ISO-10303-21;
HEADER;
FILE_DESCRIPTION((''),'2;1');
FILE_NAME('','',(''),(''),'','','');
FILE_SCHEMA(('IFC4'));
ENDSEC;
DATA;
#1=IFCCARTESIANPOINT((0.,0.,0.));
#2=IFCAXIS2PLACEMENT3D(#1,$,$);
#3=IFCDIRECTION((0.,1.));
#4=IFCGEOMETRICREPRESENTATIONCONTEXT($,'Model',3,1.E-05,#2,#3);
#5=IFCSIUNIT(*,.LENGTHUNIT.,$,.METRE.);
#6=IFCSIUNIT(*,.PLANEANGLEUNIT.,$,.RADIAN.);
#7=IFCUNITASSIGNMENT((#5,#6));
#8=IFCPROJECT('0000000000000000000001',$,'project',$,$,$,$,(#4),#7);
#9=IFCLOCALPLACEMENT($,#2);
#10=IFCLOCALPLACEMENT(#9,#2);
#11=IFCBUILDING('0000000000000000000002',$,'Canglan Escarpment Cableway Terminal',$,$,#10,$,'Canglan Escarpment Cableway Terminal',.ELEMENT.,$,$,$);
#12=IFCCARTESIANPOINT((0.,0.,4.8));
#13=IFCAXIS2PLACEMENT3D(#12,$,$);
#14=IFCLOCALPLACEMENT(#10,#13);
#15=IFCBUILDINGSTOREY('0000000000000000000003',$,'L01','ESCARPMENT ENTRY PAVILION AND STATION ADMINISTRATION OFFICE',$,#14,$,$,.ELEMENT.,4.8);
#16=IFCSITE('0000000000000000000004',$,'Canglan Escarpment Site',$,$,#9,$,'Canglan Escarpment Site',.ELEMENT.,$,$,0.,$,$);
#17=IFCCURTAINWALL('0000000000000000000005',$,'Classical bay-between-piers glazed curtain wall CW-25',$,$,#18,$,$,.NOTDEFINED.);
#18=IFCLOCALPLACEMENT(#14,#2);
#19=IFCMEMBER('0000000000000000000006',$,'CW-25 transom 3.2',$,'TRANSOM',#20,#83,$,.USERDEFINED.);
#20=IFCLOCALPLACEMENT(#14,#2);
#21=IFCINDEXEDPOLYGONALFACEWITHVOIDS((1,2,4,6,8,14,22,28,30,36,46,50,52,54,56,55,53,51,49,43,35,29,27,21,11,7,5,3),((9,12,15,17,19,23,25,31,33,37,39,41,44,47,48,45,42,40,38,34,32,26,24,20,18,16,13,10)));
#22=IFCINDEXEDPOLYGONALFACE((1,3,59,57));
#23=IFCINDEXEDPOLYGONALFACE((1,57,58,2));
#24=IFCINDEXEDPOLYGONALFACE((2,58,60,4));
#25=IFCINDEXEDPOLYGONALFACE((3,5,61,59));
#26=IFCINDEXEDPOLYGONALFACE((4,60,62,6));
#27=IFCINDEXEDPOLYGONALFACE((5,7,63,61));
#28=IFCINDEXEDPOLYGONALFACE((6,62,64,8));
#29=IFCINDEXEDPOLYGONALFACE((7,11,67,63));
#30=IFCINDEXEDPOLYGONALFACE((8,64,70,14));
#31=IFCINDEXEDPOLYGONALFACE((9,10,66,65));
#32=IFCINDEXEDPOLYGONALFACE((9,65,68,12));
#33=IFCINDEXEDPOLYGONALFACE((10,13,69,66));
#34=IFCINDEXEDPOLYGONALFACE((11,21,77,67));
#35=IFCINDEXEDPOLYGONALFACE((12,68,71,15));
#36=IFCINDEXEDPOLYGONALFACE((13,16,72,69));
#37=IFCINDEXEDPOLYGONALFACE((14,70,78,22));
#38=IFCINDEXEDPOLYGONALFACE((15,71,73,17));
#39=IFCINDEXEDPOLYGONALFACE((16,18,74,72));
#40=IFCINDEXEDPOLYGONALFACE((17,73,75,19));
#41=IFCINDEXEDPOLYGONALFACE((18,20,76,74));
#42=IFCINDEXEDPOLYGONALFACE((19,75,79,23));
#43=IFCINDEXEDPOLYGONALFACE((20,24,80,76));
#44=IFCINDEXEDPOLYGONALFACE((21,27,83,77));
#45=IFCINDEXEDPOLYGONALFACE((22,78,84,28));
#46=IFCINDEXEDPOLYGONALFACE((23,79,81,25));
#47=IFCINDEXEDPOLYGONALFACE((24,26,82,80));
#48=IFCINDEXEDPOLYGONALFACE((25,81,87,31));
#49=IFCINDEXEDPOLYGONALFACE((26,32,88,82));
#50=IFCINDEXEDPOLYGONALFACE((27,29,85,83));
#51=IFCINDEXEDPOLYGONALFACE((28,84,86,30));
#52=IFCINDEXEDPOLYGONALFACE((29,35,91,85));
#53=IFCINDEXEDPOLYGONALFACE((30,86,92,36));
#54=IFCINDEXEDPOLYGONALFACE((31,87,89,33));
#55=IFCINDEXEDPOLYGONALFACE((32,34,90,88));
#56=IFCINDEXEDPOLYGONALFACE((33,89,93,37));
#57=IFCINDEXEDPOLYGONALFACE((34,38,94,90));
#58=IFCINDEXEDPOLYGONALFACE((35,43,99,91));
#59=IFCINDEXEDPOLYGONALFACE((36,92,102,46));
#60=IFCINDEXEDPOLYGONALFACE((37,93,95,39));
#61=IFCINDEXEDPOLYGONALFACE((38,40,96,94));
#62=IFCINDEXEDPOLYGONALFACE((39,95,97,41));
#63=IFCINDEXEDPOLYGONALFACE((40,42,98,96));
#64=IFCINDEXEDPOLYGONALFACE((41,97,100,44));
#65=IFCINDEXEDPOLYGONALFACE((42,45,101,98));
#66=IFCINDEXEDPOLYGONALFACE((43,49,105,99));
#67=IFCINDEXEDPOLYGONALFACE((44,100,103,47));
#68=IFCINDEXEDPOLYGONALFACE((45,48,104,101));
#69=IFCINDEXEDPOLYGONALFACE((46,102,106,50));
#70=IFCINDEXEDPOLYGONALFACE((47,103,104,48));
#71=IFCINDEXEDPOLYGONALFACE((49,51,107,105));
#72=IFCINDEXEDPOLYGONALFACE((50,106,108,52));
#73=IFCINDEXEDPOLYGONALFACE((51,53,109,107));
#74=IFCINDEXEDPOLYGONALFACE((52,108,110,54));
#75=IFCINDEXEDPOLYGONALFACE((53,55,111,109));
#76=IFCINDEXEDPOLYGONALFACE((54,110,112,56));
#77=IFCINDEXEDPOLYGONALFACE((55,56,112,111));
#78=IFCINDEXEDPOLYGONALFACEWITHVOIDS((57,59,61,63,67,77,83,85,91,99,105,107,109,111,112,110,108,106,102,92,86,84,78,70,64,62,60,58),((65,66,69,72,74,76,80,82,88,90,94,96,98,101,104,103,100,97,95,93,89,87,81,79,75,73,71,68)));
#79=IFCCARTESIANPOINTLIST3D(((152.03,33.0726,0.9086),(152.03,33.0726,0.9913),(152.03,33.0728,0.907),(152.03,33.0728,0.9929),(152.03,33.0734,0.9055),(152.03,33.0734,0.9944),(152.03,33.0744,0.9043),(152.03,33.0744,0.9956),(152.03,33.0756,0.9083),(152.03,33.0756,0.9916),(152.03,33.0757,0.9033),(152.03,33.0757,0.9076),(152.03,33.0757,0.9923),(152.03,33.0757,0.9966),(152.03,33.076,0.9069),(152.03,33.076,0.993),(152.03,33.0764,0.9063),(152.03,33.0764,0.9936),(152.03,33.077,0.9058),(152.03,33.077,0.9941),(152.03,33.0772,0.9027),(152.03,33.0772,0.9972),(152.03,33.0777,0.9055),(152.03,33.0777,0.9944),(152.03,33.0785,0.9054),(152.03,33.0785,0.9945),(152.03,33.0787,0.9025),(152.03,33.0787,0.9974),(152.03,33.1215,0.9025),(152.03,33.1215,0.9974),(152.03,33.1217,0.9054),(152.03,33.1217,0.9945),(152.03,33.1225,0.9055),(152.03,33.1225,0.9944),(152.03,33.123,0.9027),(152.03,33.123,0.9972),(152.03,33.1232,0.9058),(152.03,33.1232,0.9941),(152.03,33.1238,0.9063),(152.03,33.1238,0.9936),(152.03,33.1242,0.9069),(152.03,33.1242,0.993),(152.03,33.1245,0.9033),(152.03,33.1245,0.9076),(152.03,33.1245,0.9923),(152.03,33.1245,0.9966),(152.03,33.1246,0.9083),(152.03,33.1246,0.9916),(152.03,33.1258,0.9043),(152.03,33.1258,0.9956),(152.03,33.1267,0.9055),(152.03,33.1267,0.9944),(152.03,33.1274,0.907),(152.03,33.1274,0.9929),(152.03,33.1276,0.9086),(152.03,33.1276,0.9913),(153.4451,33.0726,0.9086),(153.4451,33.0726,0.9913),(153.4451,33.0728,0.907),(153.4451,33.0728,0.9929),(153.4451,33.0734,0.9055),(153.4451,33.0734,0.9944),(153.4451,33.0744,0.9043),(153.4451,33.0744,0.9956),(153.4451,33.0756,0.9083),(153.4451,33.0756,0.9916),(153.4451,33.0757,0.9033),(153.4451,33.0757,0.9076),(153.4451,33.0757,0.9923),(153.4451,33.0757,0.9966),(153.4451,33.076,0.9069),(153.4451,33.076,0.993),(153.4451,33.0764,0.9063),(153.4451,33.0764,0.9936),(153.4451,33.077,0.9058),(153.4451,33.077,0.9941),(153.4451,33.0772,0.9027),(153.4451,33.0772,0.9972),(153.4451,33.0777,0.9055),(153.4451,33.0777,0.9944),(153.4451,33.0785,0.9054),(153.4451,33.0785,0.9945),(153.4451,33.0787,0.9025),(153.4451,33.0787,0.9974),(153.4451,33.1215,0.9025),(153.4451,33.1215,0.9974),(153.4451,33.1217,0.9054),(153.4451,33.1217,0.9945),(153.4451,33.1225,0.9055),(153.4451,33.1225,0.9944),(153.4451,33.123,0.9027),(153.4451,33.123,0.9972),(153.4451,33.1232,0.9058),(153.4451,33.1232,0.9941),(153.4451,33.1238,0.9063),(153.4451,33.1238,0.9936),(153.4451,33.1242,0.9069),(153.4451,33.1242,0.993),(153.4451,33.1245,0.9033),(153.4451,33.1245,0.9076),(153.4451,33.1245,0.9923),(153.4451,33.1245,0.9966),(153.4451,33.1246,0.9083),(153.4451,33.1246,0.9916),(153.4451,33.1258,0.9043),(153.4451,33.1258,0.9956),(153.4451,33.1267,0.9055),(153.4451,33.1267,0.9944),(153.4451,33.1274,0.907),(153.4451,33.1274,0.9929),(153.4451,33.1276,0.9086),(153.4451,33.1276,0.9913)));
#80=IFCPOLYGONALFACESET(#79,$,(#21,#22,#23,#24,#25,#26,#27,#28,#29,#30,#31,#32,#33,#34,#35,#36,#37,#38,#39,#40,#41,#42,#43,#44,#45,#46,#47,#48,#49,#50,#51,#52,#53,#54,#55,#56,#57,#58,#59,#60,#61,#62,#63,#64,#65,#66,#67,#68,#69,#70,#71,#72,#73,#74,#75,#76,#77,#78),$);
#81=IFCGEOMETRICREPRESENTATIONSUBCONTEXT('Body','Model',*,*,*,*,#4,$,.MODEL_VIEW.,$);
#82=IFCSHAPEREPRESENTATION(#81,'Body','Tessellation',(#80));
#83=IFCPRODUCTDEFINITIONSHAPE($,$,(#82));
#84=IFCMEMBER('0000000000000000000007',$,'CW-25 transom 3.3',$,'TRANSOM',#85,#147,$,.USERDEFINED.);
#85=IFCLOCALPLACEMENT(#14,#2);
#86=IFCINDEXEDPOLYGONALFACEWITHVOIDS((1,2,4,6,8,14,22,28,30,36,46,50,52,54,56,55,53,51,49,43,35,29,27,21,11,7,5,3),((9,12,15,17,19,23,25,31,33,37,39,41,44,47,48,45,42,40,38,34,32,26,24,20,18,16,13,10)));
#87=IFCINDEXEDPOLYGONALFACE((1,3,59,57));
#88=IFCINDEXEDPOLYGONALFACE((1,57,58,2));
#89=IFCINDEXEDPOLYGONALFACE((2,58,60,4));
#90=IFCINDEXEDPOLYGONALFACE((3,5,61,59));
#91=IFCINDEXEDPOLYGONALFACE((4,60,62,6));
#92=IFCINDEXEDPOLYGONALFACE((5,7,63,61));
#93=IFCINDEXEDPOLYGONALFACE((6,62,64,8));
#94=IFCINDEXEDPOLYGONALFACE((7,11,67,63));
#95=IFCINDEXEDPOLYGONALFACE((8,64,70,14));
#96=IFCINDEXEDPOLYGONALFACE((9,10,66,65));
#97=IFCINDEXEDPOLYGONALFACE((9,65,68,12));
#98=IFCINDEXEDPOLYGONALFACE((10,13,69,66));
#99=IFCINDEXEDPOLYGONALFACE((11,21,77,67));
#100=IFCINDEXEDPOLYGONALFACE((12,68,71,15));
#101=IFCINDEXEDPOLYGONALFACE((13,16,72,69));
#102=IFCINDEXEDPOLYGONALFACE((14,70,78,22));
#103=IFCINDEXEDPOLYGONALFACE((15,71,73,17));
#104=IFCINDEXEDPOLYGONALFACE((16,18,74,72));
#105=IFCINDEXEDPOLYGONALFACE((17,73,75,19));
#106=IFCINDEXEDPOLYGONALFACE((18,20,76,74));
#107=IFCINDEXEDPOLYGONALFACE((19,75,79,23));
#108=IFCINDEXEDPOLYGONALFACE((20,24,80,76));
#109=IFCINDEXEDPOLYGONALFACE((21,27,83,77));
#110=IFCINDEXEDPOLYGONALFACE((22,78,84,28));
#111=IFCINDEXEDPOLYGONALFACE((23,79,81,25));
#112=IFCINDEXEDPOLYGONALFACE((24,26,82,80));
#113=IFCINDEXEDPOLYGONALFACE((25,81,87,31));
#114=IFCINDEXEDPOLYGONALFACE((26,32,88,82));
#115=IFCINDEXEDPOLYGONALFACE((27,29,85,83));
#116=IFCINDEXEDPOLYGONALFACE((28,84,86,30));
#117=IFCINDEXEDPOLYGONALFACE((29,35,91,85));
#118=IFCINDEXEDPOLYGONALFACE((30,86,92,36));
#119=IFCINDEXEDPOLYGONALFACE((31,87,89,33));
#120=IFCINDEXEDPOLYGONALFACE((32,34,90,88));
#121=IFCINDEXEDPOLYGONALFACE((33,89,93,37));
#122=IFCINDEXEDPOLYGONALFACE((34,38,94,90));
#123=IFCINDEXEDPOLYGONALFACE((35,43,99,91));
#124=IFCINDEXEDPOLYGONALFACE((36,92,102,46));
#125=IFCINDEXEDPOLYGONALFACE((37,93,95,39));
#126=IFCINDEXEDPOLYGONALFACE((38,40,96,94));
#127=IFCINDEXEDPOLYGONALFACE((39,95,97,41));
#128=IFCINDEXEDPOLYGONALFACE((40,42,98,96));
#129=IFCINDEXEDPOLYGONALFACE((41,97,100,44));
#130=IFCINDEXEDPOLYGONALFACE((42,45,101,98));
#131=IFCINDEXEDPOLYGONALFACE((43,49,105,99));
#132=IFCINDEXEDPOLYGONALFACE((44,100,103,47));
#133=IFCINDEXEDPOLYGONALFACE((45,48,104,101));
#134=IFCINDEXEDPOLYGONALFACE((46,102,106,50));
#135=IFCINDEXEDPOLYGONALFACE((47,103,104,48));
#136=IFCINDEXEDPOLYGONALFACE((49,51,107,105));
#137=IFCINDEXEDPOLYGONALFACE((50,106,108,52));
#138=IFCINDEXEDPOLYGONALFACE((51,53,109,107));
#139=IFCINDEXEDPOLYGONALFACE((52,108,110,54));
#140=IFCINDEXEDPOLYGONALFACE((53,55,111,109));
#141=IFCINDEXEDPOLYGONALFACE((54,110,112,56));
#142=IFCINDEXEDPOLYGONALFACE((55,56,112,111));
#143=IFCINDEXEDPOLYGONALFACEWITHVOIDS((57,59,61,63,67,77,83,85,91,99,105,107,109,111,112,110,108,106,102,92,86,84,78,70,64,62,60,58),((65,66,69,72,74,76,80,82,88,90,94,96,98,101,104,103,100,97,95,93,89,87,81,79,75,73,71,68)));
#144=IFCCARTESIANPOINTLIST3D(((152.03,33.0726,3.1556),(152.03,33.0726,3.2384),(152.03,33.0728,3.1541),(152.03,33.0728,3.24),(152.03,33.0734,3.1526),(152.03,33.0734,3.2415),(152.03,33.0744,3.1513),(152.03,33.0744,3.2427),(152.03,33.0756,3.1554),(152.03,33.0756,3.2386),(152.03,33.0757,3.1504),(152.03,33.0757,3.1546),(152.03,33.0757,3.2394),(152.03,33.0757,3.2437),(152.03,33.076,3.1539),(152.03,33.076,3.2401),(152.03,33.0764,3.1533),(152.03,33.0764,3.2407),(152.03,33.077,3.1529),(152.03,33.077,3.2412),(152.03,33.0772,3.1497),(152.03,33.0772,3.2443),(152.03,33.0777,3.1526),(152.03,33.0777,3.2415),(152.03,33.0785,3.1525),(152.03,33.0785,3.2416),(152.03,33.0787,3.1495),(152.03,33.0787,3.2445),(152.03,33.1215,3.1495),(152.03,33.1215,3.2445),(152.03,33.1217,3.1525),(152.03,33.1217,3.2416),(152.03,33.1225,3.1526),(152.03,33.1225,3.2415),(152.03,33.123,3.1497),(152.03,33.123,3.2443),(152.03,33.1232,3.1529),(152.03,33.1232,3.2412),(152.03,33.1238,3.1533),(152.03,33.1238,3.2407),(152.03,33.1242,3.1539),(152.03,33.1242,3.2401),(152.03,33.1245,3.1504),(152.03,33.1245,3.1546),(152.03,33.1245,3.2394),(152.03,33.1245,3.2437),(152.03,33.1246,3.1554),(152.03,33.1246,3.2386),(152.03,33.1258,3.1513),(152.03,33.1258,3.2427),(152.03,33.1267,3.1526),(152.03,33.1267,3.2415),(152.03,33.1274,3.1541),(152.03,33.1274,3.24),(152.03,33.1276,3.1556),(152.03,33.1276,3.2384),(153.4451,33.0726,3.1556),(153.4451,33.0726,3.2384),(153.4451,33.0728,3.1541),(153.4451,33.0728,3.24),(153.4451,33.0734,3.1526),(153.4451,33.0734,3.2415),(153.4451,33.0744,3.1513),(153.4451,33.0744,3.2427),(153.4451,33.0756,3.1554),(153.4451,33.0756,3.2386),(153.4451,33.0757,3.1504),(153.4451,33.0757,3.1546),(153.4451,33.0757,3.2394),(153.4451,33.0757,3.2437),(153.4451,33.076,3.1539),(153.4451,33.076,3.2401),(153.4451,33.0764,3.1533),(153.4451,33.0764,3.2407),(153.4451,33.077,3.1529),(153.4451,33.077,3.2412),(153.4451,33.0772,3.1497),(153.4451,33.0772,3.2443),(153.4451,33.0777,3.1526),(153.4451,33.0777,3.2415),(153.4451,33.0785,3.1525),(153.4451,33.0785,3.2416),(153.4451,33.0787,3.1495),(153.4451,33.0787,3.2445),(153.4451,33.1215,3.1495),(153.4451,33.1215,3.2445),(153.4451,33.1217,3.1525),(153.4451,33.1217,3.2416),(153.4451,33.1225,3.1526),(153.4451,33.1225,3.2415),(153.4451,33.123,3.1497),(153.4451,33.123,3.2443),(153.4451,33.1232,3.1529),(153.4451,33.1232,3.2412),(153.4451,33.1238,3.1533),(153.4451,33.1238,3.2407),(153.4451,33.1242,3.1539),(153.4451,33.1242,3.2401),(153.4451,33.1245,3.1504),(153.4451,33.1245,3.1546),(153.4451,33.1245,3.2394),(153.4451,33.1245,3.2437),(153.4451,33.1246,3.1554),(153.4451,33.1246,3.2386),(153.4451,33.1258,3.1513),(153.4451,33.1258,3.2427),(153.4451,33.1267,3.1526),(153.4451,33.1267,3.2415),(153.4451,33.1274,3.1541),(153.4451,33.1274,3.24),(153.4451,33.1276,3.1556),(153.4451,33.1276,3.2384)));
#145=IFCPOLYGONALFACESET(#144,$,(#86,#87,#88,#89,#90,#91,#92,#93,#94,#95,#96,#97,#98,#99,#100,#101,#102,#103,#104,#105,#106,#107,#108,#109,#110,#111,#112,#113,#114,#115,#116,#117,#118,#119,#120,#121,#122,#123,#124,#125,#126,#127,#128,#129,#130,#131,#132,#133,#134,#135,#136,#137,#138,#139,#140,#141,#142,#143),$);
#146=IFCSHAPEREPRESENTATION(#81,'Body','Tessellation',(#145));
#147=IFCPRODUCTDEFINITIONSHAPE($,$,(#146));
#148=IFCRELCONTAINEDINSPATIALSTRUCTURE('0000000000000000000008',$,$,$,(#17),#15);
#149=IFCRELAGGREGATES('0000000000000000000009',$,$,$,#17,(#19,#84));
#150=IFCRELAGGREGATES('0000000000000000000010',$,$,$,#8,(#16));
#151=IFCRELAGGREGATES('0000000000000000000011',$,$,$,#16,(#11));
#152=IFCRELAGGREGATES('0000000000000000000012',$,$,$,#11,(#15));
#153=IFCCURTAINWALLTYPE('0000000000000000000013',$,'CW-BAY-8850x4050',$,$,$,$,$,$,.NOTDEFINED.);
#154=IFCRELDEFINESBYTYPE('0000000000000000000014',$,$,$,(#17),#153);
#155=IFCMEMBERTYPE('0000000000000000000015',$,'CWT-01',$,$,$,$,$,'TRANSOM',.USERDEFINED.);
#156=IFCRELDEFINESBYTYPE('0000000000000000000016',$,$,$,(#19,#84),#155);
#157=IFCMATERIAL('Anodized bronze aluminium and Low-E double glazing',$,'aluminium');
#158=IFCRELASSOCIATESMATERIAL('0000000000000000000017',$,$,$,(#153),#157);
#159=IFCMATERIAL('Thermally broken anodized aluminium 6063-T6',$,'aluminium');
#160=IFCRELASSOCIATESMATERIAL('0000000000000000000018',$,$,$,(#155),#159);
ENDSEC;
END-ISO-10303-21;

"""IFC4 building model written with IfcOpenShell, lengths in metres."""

from ifc_helpers import new_model, si_unit, direction, frame, origin, origin_2d, place, context, subcontext, project, spatial, hollow_rectangle, extrude, material, material_profile, profile_set, type_object, element, aggregate, save


model = new_model("IFC4")

# Units and contexts
model_context = context("Model", 3, precision=1e-05, world=origin(), true_north=direction((0.0, 1.0)))
body_context = subcontext(model_context, "Body", "Model", "MODEL_VIEW")
ifc_project = project(units=[si_unit("LENGTHUNIT", "METRE"), si_unit("PLANEANGLEUNIT", "RADIAN")], contexts=[model_context])

# Site, building, storey
site_placement = place(None, origin())
site = spatial("IfcSite", under=ifc_project, at=site_placement, Name="Canglan Escarpment Site", LongName="Canglan Escarpment Site", CompositionType="ELEMENT", RefElevation=0.0)
building_placement = place(site_placement, origin())
building = spatial("IfcBuilding", under=site, at=building_placement, Name="Canglan Escarpment Cableway Terminal", LongName="Canglan Escarpment Cableway Terminal", CompositionType="ELEMENT")
storey_placement = place(building_placement, frame((0.0, 0.0, 4.8)))
storey = spatial("IfcBuildingStorey", under=building, at=storey_placement, Name="L01", Description="ESCARPMENT ENTRY PAVILION AND STATION ADMINISTRATION OFFICE", CompositionType="ELEMENT", Elevation=4.8)

# Curtain wall, members
ifc_material_1 = material(Name="Anodized bronze aluminium and Low-E double glazing", Category="aluminium")
curtain_wall_type = type_object("IfcCurtainWallType", Name="CW-BAY-8850x4050", PredefinedType="NOTDEFINED", material=ifc_material_1)
curtain_wall_placement = place(storey_placement, origin())
curtain_wall = element("IfcCurtainWall", 1, at=curtain_wall_placement, inside=storey, type_object=curtain_wall_type, Name="Classical bay-between-piers glazed curtain wall CW-25", PredefinedType="NOTDEFINED")
ifc_material_2 = material(Name="Thermally broken anodized aluminium 6063-T6", Category="aluminium")
ifc_material_profile_1 = material_profile(ifc_material_2, hollow_rectangle(XDim=0.0549, YDim=0.095, WallThickness=0.0029, InnerFilletRadius=0.0029, OuterFilletRadius=0.0061, at=origin_2d()), Name="ALU-TRAN 55x95x3")
ifc_profile_set_1 = profile_set([ifc_material_profile_1], Name="Thermally broken anodized aluminium 6063-T6")
member_type_1 = type_object("IfcMemberType", Name="CWT-01", ElementType="TRANSOM", PredefinedType="USERDEFINED", material=ifc_profile_set_1)
member_1_placement = place(storey_placement, frame((153.4451, 33.1001, 0.95), z_axis=(-1.0, 0.0, 0.0), x_axis=(0.0, -1.0, 0.0)))
member_1 = element("IfcMember", 2, at=member_1_placement, type_object=member_type_1, Name="CW-25 transom 3.2", ObjectType="TRANSOM", PredefinedType="USERDEFINED", context=body_context, shape_type="SweptSolid", body=[
    extrude(hollow_rectangle(XDim=0.0549, YDim=0.095, WallThickness=0.0029, InnerFilletRadius=0.0029, OuterFilletRadius=0.0061, at=origin_2d()), origin(), (0.0, 0.0, 1.0), 1.415),
])
member_2_placement = place(storey_placement, frame((153.4451, 33.1001, 3.197), z_axis=(-1.0, 0.0, 0.0), x_axis=(0.0, -1.0, 0.0)))
member_2 = element("IfcMember", 3, at=member_2_placement, type_object=member_type_1, Name="CW-25 transom 3.3", ObjectType="TRANSOM", PredefinedType="USERDEFINED", context=body_context, shape_type="SweptSolid", body=[
    extrude(hollow_rectangle(XDim=0.0549, YDim=0.095, WallThickness=0.0029, InnerFilletRadius=0.0029, OuterFilletRadius=0.0061, at=origin_2d()), origin(), (0.0, 0.0, 1.0), 1.415),
])
aggregate(curtain_wall, [member_1, member_2])

save(model, "model.ifc")
